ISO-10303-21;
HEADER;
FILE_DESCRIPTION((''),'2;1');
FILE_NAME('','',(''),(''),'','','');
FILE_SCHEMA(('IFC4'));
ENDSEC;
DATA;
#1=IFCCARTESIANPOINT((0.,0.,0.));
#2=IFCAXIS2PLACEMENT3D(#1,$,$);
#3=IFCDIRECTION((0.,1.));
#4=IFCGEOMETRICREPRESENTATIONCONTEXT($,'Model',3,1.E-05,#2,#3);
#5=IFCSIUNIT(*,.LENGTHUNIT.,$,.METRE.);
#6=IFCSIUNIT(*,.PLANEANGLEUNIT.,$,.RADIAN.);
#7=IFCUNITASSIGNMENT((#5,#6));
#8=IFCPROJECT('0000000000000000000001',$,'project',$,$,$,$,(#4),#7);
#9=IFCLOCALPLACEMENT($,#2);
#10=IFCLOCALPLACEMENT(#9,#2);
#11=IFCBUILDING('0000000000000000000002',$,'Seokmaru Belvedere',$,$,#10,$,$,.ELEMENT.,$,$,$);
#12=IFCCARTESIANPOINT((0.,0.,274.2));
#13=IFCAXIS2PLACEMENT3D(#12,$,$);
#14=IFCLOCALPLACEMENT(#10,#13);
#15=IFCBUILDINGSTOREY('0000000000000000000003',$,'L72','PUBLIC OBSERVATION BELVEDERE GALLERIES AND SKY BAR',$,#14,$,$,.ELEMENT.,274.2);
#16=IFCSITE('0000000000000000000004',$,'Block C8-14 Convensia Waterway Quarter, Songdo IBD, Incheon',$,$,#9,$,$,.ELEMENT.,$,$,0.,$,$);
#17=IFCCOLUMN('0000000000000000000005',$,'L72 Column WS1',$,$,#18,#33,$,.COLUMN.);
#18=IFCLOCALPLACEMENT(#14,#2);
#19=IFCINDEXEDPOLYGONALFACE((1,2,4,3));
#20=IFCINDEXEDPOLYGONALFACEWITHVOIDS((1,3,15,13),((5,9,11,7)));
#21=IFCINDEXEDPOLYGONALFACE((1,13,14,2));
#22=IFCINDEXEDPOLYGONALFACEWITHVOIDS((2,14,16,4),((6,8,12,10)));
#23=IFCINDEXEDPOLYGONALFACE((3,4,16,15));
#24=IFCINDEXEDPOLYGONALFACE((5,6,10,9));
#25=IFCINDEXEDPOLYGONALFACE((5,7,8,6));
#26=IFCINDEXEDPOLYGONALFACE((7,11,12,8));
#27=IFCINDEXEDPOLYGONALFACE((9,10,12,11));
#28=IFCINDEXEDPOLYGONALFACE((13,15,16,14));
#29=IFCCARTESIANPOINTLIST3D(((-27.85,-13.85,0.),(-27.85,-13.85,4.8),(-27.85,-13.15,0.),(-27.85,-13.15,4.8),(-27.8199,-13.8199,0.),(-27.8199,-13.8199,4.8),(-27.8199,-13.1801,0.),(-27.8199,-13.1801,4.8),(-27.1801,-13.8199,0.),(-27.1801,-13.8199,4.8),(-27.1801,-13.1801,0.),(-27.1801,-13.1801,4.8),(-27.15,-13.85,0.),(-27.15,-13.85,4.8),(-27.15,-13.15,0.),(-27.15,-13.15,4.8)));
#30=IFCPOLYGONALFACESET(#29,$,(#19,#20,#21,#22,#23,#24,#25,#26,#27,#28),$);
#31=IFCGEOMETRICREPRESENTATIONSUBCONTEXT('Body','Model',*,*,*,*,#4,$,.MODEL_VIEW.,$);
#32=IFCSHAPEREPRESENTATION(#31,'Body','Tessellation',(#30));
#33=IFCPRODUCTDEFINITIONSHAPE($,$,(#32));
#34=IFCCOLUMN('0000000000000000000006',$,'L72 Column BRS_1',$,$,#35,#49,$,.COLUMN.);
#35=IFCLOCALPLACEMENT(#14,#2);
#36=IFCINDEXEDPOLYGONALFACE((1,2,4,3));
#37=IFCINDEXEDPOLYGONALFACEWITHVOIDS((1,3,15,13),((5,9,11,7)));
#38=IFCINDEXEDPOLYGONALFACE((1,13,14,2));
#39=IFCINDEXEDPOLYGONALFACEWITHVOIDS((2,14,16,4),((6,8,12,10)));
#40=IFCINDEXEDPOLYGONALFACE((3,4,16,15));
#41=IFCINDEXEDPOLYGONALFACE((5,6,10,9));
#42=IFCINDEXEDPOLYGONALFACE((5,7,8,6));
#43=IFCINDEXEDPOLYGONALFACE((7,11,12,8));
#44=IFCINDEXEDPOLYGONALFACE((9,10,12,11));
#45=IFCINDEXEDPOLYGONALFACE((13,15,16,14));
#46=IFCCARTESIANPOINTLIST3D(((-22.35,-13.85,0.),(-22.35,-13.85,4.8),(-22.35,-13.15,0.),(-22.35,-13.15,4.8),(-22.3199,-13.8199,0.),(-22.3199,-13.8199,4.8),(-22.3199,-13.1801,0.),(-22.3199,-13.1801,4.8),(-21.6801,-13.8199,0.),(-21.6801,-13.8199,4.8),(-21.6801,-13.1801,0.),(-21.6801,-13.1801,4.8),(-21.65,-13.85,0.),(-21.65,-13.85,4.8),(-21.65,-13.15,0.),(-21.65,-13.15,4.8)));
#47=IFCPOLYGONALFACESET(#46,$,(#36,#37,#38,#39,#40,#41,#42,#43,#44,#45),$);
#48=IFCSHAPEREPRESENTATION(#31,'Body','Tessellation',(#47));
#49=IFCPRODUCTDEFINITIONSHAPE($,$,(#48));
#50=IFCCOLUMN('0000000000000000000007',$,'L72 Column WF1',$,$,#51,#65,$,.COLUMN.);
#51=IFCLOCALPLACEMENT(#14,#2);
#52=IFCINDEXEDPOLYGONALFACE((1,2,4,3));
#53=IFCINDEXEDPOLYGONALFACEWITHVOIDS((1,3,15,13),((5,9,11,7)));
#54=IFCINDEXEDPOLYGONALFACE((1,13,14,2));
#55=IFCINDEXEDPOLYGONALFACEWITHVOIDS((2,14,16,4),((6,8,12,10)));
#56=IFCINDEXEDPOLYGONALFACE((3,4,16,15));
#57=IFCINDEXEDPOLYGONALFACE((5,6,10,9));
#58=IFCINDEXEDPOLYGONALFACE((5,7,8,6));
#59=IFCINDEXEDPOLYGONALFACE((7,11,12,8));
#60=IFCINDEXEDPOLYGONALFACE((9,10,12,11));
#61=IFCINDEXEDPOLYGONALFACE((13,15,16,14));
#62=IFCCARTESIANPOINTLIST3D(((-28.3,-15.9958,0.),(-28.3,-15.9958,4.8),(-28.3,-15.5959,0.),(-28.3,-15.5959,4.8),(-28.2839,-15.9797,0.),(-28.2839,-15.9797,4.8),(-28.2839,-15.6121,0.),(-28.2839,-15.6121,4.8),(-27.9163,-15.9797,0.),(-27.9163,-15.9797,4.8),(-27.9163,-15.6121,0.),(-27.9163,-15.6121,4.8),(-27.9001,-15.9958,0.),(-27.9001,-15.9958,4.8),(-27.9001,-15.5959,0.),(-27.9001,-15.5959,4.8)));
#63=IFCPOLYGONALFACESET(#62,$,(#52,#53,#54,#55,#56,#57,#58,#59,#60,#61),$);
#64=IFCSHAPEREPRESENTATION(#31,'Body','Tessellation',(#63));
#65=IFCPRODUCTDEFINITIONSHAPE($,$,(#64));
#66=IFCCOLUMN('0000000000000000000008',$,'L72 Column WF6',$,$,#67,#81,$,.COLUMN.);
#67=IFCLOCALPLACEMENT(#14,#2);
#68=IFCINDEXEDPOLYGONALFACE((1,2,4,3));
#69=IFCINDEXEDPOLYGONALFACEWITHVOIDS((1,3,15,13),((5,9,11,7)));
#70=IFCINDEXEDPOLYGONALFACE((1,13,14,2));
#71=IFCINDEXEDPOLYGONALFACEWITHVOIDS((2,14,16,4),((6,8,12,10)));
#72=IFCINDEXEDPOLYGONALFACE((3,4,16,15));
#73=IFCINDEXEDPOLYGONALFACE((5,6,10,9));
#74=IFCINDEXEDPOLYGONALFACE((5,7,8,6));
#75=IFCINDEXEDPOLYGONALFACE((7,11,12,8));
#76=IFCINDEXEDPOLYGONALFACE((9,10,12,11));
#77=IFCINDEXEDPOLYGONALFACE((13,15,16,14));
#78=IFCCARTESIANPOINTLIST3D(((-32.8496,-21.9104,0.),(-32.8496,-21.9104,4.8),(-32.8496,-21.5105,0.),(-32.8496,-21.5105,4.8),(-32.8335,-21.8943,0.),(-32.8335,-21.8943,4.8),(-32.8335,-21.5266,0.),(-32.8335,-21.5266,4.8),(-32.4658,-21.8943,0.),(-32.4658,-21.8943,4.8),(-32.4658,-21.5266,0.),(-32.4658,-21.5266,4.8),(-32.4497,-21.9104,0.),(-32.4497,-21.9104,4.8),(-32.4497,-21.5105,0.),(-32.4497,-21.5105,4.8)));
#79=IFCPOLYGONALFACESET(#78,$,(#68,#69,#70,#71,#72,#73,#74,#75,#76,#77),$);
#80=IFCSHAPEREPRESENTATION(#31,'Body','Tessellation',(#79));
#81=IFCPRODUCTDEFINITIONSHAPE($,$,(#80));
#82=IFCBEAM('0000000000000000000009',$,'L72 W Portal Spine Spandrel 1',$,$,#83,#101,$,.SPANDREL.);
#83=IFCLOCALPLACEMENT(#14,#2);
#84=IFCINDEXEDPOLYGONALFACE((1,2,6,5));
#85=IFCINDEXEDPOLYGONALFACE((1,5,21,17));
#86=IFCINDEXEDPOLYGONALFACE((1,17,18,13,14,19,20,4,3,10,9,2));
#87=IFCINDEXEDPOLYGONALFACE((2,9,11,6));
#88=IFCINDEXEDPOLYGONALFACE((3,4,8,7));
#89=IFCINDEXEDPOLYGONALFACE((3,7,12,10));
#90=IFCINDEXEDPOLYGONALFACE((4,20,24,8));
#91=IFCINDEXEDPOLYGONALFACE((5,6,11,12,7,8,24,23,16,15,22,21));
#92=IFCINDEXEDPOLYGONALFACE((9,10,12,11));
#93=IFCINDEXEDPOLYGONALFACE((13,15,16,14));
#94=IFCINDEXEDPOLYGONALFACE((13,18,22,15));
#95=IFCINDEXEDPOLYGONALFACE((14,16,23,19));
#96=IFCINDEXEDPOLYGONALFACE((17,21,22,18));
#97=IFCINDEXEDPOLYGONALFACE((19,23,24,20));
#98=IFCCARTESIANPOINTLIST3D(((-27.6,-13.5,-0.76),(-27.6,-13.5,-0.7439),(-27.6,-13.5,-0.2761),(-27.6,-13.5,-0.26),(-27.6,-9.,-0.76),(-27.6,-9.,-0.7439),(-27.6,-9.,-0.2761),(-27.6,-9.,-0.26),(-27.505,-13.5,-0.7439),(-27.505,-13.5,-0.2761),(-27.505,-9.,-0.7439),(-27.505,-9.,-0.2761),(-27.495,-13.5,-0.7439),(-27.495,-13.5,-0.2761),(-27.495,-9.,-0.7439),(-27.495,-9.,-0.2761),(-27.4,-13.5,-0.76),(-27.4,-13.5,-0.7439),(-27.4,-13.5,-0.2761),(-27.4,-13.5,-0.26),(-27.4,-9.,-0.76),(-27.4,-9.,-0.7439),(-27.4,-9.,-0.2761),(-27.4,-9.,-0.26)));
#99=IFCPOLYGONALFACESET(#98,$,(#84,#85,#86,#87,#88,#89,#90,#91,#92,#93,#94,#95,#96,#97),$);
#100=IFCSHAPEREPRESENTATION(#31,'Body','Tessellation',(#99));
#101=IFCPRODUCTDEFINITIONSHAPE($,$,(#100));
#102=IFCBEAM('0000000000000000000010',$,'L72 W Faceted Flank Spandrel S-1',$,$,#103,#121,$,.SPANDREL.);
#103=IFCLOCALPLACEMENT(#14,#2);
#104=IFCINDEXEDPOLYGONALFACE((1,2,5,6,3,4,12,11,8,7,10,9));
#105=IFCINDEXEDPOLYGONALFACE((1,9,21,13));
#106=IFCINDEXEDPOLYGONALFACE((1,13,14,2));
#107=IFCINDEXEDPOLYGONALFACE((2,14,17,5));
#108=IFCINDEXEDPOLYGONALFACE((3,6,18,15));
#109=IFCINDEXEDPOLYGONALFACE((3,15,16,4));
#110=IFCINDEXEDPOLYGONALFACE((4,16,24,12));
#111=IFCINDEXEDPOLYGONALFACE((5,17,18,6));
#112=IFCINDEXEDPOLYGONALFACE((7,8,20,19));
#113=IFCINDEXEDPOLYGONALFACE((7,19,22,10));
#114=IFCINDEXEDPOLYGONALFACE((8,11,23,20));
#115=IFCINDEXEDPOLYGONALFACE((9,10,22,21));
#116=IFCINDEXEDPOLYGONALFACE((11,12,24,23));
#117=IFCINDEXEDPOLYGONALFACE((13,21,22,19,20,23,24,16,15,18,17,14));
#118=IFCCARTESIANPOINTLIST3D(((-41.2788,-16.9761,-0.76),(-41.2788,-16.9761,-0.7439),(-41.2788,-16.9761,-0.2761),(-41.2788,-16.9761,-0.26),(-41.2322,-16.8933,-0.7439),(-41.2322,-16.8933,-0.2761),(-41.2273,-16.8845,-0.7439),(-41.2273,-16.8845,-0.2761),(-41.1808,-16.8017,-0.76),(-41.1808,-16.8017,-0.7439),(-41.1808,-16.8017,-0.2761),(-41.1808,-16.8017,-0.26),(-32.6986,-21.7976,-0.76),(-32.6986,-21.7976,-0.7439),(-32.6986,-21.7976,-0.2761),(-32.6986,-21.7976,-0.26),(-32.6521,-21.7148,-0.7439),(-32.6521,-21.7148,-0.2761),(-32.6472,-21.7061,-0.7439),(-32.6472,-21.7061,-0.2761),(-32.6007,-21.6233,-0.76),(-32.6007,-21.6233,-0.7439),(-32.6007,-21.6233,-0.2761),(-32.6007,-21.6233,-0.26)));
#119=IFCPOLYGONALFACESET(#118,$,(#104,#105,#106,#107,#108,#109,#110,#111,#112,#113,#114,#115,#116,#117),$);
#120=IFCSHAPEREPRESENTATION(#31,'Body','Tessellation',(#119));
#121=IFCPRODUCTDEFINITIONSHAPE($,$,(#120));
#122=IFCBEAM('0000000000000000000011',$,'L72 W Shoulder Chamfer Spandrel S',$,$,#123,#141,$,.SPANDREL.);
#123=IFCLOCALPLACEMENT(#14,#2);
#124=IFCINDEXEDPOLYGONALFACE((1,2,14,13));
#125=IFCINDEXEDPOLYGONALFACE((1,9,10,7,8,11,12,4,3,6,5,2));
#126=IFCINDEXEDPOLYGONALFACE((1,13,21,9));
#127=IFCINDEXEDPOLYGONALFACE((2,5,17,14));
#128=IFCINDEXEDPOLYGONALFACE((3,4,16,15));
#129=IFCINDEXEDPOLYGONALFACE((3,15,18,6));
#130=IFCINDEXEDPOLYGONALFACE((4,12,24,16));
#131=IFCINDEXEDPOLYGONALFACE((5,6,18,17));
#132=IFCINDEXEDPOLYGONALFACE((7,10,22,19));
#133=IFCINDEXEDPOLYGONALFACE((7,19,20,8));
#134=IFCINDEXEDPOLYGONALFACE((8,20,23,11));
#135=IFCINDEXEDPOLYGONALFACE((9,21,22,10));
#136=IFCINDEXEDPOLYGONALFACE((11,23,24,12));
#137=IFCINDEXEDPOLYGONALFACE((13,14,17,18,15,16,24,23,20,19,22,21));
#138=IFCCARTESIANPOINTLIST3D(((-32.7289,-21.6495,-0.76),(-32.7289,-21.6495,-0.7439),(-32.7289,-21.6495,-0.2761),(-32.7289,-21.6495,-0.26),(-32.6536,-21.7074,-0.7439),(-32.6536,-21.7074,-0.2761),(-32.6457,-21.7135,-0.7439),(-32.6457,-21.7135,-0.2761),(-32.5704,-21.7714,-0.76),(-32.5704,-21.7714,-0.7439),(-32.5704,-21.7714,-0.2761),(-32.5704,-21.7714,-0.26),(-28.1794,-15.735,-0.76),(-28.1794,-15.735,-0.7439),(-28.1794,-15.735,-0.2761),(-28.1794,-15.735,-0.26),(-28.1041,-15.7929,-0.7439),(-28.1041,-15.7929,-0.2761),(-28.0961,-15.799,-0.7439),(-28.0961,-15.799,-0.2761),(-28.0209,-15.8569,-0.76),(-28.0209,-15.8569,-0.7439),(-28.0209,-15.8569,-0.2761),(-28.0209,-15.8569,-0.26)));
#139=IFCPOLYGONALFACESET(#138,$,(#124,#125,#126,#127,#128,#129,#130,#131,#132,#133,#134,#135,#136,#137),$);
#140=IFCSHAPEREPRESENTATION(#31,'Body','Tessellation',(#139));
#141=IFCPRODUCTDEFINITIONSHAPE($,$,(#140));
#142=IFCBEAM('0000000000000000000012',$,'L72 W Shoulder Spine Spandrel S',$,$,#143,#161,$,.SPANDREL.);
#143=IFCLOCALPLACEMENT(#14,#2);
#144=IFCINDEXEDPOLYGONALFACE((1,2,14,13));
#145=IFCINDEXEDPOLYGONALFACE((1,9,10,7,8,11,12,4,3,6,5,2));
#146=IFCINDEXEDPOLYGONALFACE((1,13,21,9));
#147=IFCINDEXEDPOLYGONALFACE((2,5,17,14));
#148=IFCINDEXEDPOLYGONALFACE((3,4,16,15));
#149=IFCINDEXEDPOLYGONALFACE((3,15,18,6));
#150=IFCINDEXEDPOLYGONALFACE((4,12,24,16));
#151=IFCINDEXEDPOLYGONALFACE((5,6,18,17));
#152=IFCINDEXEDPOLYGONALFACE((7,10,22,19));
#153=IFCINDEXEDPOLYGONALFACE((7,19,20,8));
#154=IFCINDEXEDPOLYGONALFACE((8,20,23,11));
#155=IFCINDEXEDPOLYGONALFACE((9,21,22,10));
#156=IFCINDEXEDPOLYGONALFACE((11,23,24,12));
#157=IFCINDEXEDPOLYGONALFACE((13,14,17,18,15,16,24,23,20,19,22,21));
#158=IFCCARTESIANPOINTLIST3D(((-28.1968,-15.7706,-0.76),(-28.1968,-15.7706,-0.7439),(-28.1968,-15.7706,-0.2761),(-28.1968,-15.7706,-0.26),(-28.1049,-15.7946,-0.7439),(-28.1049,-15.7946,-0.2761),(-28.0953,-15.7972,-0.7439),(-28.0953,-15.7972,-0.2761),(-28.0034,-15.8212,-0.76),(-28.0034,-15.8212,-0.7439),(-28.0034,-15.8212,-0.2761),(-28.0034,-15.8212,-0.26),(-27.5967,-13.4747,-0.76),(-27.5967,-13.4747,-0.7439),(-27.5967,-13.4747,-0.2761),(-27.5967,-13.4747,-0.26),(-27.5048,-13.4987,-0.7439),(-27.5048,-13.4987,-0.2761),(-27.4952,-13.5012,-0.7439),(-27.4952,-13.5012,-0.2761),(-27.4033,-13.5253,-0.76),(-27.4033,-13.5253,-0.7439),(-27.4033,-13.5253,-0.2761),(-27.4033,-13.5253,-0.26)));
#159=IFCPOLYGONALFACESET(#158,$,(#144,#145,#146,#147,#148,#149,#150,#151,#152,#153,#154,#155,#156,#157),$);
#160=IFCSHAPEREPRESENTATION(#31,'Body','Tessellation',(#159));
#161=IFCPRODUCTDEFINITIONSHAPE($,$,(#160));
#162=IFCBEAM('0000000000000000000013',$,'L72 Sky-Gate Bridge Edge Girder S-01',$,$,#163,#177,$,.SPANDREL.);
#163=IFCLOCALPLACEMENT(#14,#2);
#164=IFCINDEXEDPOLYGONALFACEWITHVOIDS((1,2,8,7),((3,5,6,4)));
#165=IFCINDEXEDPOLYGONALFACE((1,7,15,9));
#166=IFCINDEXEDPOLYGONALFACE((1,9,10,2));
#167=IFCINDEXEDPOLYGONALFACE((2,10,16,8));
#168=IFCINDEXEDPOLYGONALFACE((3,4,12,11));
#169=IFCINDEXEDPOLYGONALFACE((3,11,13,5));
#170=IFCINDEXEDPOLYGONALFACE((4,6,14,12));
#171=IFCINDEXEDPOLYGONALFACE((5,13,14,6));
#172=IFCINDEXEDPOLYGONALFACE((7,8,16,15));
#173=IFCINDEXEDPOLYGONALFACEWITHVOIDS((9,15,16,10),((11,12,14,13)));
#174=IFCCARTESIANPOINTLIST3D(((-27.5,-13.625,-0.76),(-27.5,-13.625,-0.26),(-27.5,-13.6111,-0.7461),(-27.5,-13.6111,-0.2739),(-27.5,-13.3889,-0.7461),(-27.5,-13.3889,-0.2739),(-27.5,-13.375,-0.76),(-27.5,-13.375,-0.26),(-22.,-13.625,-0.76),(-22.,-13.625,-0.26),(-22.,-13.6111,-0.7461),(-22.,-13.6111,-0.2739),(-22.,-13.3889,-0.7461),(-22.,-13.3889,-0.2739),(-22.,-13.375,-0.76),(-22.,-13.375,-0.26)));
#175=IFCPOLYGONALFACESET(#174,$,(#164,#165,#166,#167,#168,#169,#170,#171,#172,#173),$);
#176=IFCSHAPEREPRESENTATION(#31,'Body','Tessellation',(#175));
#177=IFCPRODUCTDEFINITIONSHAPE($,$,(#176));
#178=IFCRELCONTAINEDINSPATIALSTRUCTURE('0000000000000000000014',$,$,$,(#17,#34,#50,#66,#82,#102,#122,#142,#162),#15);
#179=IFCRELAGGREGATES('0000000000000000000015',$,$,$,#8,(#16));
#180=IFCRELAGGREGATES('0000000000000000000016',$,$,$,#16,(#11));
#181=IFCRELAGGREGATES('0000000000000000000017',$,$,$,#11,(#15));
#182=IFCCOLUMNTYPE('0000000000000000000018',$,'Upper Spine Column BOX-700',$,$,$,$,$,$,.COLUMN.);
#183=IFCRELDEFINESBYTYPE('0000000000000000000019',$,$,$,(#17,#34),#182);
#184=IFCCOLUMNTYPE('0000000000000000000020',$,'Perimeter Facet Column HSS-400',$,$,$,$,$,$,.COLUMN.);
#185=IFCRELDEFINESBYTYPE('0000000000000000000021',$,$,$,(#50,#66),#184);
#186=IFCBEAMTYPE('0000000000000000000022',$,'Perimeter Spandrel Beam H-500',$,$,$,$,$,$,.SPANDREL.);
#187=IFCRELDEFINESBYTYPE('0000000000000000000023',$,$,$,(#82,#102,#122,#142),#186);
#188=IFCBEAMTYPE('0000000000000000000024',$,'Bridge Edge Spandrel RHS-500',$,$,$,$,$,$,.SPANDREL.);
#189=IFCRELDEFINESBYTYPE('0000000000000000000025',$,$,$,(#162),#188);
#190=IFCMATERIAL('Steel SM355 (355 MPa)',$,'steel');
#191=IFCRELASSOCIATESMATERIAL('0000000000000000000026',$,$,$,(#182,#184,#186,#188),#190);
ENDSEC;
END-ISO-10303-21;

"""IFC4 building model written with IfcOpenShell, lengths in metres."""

from ifc_helpers import new_model, si_unit, direction, frame, origin, origin_2d, place, context, subcontext, project, spatial, hollow_rectangle, i_section, extrude, source, transform, mapped, material, material_profile, profile_set, type_object, type_shapes, element, save


model = new_model("IFC4")

# Units and contexts
model_context = context("Model", 3, precision=1e-05, world=origin(), true_north=direction((0.0, 1.0)))
body_context = subcontext(model_context, "Body", "Model", "MODEL_VIEW")
ifc_project = project(units=[si_unit("LENGTHUNIT", "METRE"), si_unit("PLANEANGLEUNIT", "RADIAN")], contexts=[model_context])

# Site, building, storey
site_placement = place(None, origin())
site = spatial("IfcSite", under=ifc_project, at=site_placement, Name="Block C8-14 Convensia Waterway Quarter, Songdo IBD, Incheon", CompositionType="ELEMENT", RefElevation=0.0)
building_placement = place(site_placement, origin())
building = spatial("IfcBuilding", under=site, at=building_placement, Name="Seokmaru Belvedere", CompositionType="ELEMENT")
storey_placement = place(building_placement, frame((0.0, 0.0, 274.2)))
storey = spatial("IfcBuildingStorey", under=building, at=storey_placement, Name="L72", Description="PUBLIC OBSERVATION BELVEDERE GALLERIES AND SKY BAR", CompositionType="ELEMENT", Elevation=274.2)

# Columns
ifc_material_1 = material(Name="Steel SM355 (355 MPa)", Category="steel")
ifc_material_profile_1 = material_profile(ifc_material_1, hollow_rectangle(XDim=0.7, YDim=0.7, WallThickness=0.03, at=origin_2d()), Name="BOX-700x700x30")
ifc_profile_set_1 = profile_set([ifc_material_profile_1], Name="Steel SM355 (355 MPa)")
column_type_1 = type_object("IfcColumnType", Name="Upper Spine Column BOX-700", PredefinedType="COLUMN", material=ifc_profile_set_1)
shared_shape_1 = source(origin(), body_context, "Body", "SweptSolid", [
    extrude(hollow_rectangle(XDim=0.7, YDim=0.7, WallThickness=0.03, at=origin_2d()), origin(), (0.0, 0.0, 1.0), 4.8),
])
type_shapes(column_type_1, [shared_shape_1])
for number, where, z_axis, x_axis, name in (
    (1, (-27.5, -13.5, 0.0), (0.0, 0.0, 1.0), (1.0, 0.0, 0.0), "L72 Column WS1"),
    (2, (-22.0, -13.5, 0.0), (0.0, 0.0, 1.0), (1.0, 0.0, 0.0), "L72 Column BRS_1"),
):
    element("IfcColumn", number, at=place(storey_placement, frame(where, z_axis=z_axis, x_axis=x_axis)), inside=storey, type_object=column_type_1, Name=name, PredefinedType="COLUMN", context=body_context, shape_type="MappedRepresentation", body=[
        mapped(shared_shape_1, transform((0.0, 0.0, 0.0), scale=1.0)),
    ])
ifc_material_profile_2 = material_profile(ifc_material_1, hollow_rectangle(XDim=0.3999, YDim=0.3999, WallThickness=0.0161, at=origin_2d()), Name="HSS-400x400x16")
ifc_profile_set_2 = profile_set([ifc_material_profile_2], Name="Steel SM355 (355 MPa)")
column_type_2 = type_object("IfcColumnType", Name="Perimeter Facet Column HSS-400", PredefinedType="COLUMN", material=ifc_profile_set_2)
shared_shape_2 = source(origin(), body_context, "Body", "SweptSolid", [
    extrude(hollow_rectangle(XDim=0.3999, YDim=0.3999, WallThickness=0.0161, at=origin_2d()), origin(), (0.0, 0.0, 1.0), 4.8),
])
type_shapes(column_type_2, [shared_shape_2])
for number, where, z_axis, x_axis, name in (
    (3, (-28.1001, -15.7959, 0.0), (0.0, 0.0, 1.0), (1.0, 0.0, 0.0), "L72 Column WF1"),
    (4, (-32.6497, -21.7104, 0.0), (0.0, 0.0, 1.0), (1.0, 0.0, 0.0), "L72 Column WF6"),
):
    element("IfcColumn", number, at=place(storey_placement, frame(where, z_axis=z_axis, x_axis=x_axis)), inside=storey, type_object=column_type_2, Name=name, PredefinedType="COLUMN", context=body_context, shape_type="MappedRepresentation", body=[
        mapped(shared_shape_2, transform((0.0, 0.0, 0.0), scale=1.0)),
    ])

# Beams
ifc_material_profile_3 = material_profile(ifc_material_1, i_section(OverallWidth=0.2, OverallDepth=0.5, WebThickness=0.01, FlangeThickness=0.0161, at=origin_2d()), Name="H-500x200x10x16")
ifc_profile_set_3 = profile_set([ifc_material_profile_3], Name="Steel SM355 (355 MPa)")
beam_type_1 = type_object("IfcBeamType", Name="Perimeter Spandrel Beam H-500", PredefinedType="SPANDREL", material=ifc_profile_set_3)
shared_shape_3 = source(origin(), body_context, "Body", "SweptSolid", [
    extrude(i_section(OverallWidth=0.2, OverallDepth=0.5, WebThickness=0.01, FlangeThickness=0.0161, at=origin_2d()), origin(), (0.0, 0.0, 1.0), 4.5),
])
beam_1_placement = place(storey_placement, frame((-27.5, -13.5, -0.51), z_axis=(0.0, 1.0, 0.0), x_axis=(-1.0, 0.0, 0.0)))
element("IfcBeam", 5, at=beam_1_placement, inside=storey, type_object=beam_type_1, Name="L72 W Portal Spine Spandrel 1", PredefinedType="SPANDREL", context=body_context, shape_type="MappedRepresentation", body=[
    mapped(shared_shape_3, transform((0.0, 0.0, 0.0), scale=1.0)),
])
shared_shape_4 = source(origin(), body_context, "Body", "SweptSolid", [
    extrude(i_section(OverallWidth=0.2, OverallDepth=0.5, WebThickness=0.01, FlangeThickness=0.0161, at=origin_2d()), origin(), (0.0, 0.0, 1.0), 9.842),
])
beam_2_placement = place(storey_placement, frame((-32.6497, -21.7104, -0.51), z_axis=(-0.871782, 0.489894, 0.0), x_axis=(-0.489894, -0.871782, 0.0)))
element("IfcBeam", 6, at=beam_2_placement, inside=storey, type_object=beam_type_1, Name="L72 W Faceted Flank Spandrel S-1", PredefinedType="SPANDREL", context=body_context, shape_type="MappedRepresentation", body=[
    mapped(shared_shape_4, transform((0.0, 0.0, 0.0), scale=1.0)),
])
shared_shape_5 = source(origin(), body_context, "Body", "SweptSolid", [
    extrude(i_section(OverallWidth=0.2, OverallDepth=0.5, WebThickness=0.01, FlangeThickness=0.0161, at=origin_2d()), origin(), (0.0, 0.0, 1.0), 7.4619),
])
beam_3_placement = place(storey_placement, frame((-32.6497, -21.7104, -0.51), z_axis=(0.609703, 0.79263, 0.0), x_axis=(-0.79263, 0.609703, 0.0)))
element("IfcBeam", 7, at=beam_3_placement, inside=storey, type_object=beam_type_1, Name="L72 W Shoulder Chamfer Spandrel S", PredefinedType="SPANDREL", context=body_context, shape_type="MappedRepresentation", body=[
    mapped(shared_shape_5, transform((0.0, 0.0, 0.0), scale=1.0)),
])
shared_shape_6 = source(origin(), body_context, "Body", "SweptSolid", [
    extrude(i_section(OverallWidth=0.2, OverallDepth=0.5, WebThickness=0.01, FlangeThickness=0.0161, at=origin_2d()), origin(), (0.0, 0.0, 1.0), 2.373),
])
type_shapes(beam_type_1, [shared_shape_3, shared_shape_4, shared_shape_5, shared_shape_6])
beam_4_placement = place(storey_placement, frame((-28.1001, -15.7959, -0.51), z_axis=(0.252883, 0.967497, 0.0), x_axis=(-0.967497, 0.252883, 0.0)))
element("IfcBeam", 8, at=beam_4_placement, inside=storey, type_object=beam_type_1, Name="L72 W Shoulder Spine Spandrel S", PredefinedType="SPANDREL", context=body_context, shape_type="MappedRepresentation", body=[
    mapped(shared_shape_6, transform((0.0, 0.0, 0.0), scale=1.0)),
])
ifc_material_profile_4 = material_profile(ifc_material_1, hollow_rectangle(XDim=0.25, YDim=0.5, WallThickness=0.0139, at=origin_2d()), Name="RHS-500x250x14")
ifc_profile_set_4 = profile_set([ifc_material_profile_4], Name="Steel SM355 (355 MPa)")
beam_type_2 = type_object("IfcBeamType", Name="Bridge Edge Spandrel RHS-500", PredefinedType="SPANDREL", material=ifc_profile_set_4)
shared_shape_7 = source(origin(), body_context, "Body", "SweptSolid", [
    extrude(hollow_rectangle(XDim=0.25, YDim=0.5, WallThickness=0.0139, at=origin_2d()), origin(), (0.0, 0.0, 1.0), 5.5),
])
type_shapes(beam_type_2, [shared_shape_7])
for number, where, z_axis, x_axis, name in (
    (9, (-27.5, -13.5, -0.51), (1.0, 0.0, 0.0), (0.0, 1.0, 0.0), "L72 Sky-Gate Bridge Edge Girder S-01"),
):
    element("IfcBeam", number, at=place(storey_placement, frame(where, z_axis=z_axis, x_axis=x_axis)), inside=storey, type_object=beam_type_2, Name=name, PredefinedType="SPANDREL", context=body_context, shape_type="MappedRepresentation", body=[
        mapped(shared_shape_7, transform((0.0, 0.0, 0.0), scale=1.0)),
    ])

save(model, "model.ifc")
